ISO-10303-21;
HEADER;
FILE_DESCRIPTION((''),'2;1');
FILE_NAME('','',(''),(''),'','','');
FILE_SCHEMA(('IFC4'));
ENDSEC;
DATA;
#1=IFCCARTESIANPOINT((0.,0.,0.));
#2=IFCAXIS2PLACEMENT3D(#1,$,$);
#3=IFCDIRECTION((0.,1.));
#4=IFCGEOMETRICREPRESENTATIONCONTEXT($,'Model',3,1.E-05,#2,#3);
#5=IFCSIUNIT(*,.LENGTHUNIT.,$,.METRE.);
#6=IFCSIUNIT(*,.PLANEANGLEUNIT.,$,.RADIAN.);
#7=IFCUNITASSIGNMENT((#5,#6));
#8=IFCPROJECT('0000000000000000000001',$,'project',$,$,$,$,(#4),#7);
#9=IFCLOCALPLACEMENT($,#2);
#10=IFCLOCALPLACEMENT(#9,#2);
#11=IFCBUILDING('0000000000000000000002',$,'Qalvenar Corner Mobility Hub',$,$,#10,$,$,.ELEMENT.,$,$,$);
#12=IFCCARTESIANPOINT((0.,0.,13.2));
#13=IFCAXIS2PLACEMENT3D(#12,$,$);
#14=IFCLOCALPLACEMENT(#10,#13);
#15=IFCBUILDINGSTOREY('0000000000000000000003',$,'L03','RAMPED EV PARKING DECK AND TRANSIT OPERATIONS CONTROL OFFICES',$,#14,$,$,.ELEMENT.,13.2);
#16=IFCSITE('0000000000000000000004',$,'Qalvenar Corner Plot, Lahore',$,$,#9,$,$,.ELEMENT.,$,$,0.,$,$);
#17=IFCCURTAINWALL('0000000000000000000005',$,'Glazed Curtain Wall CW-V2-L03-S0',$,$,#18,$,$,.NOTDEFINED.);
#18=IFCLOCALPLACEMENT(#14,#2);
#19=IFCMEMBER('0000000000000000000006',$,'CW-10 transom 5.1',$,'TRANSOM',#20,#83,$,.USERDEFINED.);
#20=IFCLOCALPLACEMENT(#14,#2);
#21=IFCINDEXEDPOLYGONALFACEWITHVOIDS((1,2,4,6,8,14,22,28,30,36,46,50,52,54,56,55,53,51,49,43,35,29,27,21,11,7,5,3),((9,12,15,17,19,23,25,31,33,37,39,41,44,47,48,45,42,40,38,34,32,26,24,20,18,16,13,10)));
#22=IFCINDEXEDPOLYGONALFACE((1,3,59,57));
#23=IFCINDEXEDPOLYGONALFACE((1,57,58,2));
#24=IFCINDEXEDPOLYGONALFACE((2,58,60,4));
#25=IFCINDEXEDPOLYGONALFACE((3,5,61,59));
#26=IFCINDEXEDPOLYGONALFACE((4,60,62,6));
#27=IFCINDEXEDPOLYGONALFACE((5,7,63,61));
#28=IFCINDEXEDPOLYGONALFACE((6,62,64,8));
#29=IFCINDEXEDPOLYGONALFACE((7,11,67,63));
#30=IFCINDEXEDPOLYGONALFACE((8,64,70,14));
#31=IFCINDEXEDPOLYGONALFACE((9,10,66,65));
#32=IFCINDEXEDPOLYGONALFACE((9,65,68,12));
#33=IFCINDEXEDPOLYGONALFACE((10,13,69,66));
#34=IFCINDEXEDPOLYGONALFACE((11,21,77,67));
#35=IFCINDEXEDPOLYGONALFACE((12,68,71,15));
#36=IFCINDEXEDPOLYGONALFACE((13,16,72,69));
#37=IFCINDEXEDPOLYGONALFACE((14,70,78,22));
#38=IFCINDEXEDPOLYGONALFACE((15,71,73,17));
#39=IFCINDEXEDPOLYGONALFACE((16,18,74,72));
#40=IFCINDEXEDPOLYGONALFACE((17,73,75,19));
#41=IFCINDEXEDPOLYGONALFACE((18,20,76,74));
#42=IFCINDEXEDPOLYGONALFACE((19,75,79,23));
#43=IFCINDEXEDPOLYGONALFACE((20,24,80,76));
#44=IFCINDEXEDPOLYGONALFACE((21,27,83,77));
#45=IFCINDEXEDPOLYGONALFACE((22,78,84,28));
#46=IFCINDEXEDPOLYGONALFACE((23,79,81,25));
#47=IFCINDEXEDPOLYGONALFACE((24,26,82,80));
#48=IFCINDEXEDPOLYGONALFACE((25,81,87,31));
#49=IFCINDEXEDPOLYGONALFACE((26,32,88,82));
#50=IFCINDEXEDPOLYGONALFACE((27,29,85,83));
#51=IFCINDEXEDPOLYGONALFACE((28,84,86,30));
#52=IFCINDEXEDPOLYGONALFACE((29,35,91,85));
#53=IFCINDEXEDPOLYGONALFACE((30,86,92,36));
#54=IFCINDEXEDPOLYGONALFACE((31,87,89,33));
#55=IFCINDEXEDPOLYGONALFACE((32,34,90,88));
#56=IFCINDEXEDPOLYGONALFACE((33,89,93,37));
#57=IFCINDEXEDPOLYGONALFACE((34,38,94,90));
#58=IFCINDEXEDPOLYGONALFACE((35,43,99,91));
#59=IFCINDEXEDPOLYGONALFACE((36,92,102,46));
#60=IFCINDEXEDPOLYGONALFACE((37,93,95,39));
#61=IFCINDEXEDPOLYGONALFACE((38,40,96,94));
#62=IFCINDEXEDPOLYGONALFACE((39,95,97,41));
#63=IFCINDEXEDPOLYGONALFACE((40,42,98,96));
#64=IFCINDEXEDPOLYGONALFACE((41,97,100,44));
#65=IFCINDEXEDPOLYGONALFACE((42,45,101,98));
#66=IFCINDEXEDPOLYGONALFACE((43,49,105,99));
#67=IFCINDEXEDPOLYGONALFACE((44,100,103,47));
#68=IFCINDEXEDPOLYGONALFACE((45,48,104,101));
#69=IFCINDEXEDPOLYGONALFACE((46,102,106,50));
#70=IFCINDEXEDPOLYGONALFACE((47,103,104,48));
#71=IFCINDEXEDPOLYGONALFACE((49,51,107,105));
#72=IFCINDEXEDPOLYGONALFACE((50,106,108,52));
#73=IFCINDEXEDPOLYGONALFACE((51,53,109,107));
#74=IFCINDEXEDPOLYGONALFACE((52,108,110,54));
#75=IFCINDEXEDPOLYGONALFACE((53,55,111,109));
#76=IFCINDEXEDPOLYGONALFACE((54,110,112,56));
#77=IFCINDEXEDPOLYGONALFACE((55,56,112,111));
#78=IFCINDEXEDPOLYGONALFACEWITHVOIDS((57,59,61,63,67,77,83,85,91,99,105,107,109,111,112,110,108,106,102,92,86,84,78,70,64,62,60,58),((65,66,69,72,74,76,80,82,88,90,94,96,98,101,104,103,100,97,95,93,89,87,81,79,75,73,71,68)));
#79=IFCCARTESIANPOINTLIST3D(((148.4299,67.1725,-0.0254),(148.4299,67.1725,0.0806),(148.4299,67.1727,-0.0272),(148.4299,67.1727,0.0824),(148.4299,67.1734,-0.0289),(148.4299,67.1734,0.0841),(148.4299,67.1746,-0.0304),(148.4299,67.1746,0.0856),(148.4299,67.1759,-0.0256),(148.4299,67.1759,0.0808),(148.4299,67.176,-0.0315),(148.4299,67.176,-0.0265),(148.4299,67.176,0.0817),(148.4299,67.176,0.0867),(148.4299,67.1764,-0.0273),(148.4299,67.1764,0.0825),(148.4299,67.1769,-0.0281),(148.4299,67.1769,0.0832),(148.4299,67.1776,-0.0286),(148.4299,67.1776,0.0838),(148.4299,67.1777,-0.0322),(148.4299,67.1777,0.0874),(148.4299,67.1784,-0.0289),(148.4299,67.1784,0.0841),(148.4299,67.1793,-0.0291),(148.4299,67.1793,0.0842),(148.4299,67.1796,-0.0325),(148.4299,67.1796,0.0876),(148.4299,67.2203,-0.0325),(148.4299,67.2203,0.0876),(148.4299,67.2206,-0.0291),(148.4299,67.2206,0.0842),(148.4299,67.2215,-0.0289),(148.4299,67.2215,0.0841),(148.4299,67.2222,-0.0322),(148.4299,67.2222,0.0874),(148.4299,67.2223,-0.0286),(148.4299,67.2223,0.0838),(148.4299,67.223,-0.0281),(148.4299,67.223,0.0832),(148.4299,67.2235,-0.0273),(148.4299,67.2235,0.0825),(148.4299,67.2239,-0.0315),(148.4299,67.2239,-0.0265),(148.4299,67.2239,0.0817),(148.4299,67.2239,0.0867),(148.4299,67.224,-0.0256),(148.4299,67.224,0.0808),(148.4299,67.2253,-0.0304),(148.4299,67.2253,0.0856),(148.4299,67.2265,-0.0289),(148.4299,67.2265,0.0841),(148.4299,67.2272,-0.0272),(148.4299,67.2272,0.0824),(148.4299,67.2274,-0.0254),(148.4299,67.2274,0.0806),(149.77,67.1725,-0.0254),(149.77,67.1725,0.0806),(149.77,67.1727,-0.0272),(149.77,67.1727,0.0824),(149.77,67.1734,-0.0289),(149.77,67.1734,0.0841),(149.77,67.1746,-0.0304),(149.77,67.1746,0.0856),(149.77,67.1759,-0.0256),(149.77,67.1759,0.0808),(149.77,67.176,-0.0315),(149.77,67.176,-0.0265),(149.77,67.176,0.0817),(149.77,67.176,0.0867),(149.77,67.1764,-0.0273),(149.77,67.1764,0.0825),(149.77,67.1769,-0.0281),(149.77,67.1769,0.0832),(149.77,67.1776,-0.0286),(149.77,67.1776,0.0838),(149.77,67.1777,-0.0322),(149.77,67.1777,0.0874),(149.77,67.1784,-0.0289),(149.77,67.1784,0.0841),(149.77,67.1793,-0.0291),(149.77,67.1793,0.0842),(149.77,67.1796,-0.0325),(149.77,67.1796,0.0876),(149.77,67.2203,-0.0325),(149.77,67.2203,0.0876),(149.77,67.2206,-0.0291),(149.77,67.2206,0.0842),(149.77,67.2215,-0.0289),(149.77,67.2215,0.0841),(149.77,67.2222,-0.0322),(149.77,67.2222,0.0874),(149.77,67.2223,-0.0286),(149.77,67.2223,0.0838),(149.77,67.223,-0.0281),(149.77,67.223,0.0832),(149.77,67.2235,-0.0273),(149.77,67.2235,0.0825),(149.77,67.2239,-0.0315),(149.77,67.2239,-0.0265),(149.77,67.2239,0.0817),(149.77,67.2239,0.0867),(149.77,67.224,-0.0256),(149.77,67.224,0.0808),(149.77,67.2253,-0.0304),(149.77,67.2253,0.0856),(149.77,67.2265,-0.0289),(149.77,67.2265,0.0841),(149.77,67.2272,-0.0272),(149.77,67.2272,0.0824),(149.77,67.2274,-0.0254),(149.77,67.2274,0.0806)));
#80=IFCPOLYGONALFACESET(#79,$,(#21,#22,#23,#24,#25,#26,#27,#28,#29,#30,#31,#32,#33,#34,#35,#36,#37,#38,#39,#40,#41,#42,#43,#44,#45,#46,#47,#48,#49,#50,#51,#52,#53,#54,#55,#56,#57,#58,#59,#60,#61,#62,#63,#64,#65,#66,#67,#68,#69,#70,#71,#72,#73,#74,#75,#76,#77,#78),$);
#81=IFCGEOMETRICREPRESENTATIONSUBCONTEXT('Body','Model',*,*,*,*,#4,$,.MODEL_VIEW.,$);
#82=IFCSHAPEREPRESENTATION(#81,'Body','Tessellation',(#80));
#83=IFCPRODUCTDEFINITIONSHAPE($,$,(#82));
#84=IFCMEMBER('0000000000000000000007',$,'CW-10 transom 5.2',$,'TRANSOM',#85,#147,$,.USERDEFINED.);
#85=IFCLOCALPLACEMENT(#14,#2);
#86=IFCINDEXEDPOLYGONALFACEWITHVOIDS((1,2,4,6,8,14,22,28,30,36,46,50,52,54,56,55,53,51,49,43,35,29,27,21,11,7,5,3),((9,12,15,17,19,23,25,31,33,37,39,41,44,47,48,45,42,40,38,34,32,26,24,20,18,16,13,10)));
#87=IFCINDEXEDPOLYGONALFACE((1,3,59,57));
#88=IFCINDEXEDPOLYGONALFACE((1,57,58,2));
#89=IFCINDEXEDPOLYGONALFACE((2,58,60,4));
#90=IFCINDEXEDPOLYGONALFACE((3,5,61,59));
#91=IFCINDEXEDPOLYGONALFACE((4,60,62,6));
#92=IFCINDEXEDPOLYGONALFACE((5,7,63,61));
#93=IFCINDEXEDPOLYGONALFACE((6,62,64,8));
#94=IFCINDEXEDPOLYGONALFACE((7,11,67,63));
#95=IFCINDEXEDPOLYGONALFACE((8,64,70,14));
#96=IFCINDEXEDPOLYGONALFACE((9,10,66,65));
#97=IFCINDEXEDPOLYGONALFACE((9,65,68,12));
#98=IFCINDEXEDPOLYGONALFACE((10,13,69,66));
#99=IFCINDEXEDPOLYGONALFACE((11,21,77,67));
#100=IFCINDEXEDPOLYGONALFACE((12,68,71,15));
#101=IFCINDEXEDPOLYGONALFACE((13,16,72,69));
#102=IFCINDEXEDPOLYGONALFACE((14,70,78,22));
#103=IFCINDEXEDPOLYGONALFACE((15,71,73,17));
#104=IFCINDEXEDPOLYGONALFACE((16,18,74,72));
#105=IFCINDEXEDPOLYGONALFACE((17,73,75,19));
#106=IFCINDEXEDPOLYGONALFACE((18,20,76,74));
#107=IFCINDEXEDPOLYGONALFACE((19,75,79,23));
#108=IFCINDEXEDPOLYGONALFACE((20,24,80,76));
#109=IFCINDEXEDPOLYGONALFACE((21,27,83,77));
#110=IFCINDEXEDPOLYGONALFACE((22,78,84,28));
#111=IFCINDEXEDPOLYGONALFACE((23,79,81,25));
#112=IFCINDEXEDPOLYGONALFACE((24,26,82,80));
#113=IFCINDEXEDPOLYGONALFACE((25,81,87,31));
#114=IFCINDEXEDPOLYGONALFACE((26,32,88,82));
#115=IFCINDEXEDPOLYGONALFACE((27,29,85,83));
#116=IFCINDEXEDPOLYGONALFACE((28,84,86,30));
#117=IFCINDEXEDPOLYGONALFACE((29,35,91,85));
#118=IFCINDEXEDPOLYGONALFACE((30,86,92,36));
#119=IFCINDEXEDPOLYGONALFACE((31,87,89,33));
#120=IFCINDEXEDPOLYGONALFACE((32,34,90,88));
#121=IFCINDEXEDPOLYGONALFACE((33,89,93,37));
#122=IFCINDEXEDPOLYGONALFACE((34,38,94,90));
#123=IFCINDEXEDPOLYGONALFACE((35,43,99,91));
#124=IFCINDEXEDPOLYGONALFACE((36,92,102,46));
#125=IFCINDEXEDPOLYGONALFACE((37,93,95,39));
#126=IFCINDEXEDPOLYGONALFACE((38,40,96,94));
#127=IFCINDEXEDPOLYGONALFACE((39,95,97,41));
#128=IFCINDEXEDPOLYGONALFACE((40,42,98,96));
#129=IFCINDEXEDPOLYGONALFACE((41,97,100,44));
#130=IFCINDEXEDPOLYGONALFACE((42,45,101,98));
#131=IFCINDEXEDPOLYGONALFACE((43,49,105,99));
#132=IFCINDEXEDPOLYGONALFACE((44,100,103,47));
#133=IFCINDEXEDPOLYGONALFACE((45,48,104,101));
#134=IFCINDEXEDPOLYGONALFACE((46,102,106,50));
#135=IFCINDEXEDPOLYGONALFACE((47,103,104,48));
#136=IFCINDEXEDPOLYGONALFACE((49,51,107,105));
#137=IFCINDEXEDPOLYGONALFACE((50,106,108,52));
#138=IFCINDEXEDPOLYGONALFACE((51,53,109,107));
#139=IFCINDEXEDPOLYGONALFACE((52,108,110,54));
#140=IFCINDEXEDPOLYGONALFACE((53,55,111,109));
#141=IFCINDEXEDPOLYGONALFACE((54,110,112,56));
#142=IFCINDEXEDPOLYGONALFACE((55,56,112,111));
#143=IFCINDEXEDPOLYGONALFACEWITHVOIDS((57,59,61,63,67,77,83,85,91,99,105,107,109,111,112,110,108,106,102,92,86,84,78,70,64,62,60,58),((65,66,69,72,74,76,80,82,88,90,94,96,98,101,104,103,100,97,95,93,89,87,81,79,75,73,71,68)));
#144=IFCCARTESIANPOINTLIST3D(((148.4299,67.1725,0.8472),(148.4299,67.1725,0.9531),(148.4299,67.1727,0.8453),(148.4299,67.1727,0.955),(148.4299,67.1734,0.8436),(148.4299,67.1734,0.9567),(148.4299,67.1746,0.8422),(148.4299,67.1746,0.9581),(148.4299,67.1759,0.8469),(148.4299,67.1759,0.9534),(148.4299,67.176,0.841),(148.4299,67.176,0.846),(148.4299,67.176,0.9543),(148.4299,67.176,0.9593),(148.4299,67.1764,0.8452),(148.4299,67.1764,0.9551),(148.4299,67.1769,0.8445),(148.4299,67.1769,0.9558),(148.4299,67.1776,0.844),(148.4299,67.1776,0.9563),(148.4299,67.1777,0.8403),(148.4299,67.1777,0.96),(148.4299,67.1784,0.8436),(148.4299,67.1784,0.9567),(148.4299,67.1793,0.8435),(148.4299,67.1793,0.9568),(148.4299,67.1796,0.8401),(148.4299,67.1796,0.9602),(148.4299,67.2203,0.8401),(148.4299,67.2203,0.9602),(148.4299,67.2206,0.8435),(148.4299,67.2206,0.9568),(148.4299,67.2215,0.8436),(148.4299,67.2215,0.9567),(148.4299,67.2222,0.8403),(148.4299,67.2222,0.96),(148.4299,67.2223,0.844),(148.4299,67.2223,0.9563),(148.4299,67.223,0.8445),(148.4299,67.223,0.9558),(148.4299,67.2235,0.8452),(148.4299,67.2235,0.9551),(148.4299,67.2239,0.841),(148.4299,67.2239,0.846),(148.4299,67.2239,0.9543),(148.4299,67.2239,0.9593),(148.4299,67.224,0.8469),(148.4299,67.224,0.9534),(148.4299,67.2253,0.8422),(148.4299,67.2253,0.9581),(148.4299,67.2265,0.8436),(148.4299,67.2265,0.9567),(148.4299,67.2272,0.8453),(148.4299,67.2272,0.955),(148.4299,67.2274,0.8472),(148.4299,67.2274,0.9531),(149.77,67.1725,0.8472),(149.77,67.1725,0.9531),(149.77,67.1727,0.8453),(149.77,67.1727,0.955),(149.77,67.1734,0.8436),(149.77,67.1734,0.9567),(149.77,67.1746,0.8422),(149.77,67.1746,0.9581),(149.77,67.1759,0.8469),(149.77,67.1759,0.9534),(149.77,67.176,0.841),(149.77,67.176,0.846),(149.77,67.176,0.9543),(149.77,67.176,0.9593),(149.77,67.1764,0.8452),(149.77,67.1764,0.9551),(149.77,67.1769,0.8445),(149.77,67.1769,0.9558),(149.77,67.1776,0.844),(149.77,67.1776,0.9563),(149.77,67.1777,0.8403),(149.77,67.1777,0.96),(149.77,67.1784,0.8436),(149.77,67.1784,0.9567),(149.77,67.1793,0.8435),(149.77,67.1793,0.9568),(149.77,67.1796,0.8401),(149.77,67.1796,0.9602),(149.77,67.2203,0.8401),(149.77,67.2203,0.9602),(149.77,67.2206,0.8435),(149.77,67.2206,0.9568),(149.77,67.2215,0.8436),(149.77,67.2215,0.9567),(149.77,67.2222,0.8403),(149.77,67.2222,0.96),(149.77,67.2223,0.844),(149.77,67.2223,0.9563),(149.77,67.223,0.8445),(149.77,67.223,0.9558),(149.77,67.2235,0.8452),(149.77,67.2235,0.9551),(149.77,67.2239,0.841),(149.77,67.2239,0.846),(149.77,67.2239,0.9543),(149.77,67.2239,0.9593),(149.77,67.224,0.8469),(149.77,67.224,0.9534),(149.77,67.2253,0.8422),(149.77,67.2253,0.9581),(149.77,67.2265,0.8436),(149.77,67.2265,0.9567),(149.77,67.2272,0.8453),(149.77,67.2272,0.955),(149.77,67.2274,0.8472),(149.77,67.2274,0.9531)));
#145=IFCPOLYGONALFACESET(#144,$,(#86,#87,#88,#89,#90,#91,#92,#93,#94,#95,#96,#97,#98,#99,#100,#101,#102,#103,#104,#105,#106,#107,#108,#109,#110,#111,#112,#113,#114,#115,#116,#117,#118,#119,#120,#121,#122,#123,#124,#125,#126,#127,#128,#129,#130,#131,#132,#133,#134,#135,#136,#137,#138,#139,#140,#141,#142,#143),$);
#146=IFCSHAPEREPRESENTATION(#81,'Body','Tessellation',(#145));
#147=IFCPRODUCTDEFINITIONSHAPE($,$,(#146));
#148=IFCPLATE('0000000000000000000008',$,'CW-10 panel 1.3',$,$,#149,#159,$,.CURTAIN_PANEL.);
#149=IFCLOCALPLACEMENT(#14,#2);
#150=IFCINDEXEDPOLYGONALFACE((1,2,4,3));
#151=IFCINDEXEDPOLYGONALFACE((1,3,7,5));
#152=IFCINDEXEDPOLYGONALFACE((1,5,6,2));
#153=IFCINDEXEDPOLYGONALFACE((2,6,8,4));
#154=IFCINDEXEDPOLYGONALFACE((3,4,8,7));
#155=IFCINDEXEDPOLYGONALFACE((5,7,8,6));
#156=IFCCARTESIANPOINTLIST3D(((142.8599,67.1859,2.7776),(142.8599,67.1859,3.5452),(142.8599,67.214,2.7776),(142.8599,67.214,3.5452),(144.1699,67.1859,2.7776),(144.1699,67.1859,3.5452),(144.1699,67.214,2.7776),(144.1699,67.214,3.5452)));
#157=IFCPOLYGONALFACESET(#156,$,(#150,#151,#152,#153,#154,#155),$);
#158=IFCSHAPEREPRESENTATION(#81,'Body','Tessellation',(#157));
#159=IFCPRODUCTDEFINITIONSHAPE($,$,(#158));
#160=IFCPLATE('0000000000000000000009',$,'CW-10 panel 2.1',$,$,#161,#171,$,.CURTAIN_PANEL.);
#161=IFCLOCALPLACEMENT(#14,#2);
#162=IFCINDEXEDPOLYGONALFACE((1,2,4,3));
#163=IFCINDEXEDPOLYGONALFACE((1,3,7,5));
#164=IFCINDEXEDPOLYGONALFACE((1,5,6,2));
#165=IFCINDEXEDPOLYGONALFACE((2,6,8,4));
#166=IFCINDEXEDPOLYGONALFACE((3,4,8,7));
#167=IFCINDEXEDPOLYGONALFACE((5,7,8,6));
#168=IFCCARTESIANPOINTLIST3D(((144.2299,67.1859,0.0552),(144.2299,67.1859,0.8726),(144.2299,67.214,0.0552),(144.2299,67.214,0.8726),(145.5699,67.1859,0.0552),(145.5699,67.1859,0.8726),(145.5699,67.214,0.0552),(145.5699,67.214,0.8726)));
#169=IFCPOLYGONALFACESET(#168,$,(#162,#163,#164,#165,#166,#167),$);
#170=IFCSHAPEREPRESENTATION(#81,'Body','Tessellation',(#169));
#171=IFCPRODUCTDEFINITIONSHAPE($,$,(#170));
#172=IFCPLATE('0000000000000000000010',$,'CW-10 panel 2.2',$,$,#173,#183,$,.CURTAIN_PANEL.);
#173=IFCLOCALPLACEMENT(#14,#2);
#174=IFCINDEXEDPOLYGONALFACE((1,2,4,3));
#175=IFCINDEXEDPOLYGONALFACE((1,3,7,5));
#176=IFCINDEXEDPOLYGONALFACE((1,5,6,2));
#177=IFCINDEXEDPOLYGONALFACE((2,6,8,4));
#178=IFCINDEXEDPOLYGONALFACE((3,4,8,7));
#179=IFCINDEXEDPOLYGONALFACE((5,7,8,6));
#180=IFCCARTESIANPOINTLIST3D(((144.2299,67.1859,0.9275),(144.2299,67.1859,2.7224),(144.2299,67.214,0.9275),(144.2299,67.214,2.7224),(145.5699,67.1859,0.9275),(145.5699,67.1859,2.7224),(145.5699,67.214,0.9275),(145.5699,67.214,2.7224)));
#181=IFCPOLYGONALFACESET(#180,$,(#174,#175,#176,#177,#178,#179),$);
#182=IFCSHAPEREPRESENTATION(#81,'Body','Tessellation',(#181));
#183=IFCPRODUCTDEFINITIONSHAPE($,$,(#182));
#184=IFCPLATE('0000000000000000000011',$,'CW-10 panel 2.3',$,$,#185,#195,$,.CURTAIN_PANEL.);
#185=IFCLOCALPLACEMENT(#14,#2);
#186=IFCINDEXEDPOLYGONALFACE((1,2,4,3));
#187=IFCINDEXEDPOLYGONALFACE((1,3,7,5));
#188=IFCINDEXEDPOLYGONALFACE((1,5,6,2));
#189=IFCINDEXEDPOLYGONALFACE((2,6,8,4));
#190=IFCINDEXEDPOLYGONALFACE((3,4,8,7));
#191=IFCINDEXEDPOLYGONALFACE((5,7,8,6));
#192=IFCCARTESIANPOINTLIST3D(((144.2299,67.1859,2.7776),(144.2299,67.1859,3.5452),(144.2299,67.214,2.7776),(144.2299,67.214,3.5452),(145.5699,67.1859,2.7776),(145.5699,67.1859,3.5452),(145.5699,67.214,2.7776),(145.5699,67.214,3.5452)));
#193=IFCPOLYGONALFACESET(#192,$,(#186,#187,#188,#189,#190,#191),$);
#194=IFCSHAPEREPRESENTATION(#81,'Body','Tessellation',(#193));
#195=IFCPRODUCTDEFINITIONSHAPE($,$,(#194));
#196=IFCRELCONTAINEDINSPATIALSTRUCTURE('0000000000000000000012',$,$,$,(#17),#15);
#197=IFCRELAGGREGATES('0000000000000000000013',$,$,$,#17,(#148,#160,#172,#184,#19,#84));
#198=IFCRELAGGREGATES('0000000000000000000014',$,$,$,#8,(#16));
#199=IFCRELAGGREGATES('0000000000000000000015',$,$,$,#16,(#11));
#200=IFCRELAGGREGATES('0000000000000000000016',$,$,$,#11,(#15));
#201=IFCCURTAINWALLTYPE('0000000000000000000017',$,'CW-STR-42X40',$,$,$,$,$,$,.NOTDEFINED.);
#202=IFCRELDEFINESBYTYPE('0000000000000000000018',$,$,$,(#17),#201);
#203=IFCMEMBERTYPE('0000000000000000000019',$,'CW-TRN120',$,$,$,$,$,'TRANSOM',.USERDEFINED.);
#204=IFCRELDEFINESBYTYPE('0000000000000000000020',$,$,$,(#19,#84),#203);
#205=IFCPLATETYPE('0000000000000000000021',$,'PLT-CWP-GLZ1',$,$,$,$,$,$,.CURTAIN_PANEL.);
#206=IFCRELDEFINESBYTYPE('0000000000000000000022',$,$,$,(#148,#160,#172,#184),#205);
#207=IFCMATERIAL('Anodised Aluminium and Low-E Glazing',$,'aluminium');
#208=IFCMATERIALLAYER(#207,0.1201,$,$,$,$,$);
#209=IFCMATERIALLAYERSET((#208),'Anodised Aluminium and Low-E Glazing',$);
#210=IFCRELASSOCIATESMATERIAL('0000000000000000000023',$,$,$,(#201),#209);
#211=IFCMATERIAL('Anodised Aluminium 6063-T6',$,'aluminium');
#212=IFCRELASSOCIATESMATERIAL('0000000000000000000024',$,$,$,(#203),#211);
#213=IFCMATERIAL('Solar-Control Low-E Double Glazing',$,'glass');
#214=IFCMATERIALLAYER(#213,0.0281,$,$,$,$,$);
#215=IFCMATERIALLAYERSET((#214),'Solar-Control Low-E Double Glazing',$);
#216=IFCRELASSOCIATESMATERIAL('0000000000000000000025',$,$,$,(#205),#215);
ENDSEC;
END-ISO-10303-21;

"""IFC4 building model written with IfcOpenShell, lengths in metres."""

from ifc_helpers import new_model, si_unit, direction, frame, origin, origin_2d, place, context, subcontext, project, spatial, rectangle, hollow_rectangle, extrude, material, layer, layer_set, material_profile, profile_set, type_object, element, aggregate, save


model = new_model("IFC4")

# Units and contexts
model_context = context("Model", 3, precision=1e-05, world=origin(), true_north=direction((0.0, 1.0)))
body_context = subcontext(model_context, "Body", "Model", "MODEL_VIEW")
ifc_project = project(units=[si_unit("LENGTHUNIT", "METRE"), si_unit("PLANEANGLEUNIT", "RADIAN")], contexts=[model_context])

# Site, building, storey
site_placement = place(None, origin())
site = spatial("IfcSite", under=ifc_project, at=site_placement, Name="Qalvenar Corner Plot, Lahore", CompositionType="ELEMENT", RefElevation=0.0)
building_placement = place(site_placement, origin())
building = spatial("IfcBuilding", under=site, at=building_placement, Name="Qalvenar Corner Mobility Hub", CompositionType="ELEMENT")
storey_placement = place(building_placement, frame((0.0, 0.0, 13.2)))
storey = spatial("IfcBuildingStorey", under=building, at=storey_placement, Name="L03", Description="RAMPED EV PARKING DECK AND TRANSIT OPERATIONS CONTROL OFFICES", CompositionType="ELEMENT", Elevation=13.2)

# Curtain wall, members, plates
ifc_material_1 = material(Name="Anodised Aluminium and Low-E Glazing", Category="aluminium")
ifc_layer_1 = layer(ifc_material_1, 0.1201)
ifc_layer_set_1 = layer_set([ifc_layer_1], Name="Anodised Aluminium and Low-E Glazing")
curtain_wall_type = type_object("IfcCurtainWallType", Name="CW-STR-42X40", PredefinedType="NOTDEFINED", material=ifc_layer_set_1)
curtain_wall_placement = place(storey_placement, origin())
curtain_wall = element("IfcCurtainWall", 1, at=curtain_wall_placement, inside=storey, type_object=curtain_wall_type, Name="Glazed Curtain Wall CW-V2-L03-S0", PredefinedType="NOTDEFINED")
ifc_material_2 = material(Name="Anodised Aluminium 6063-T6", Category="aluminium")
ifc_material_profile_1 = material_profile(ifc_material_2, hollow_rectangle(XDim=0.0549, YDim=0.1201, WallThickness=0.0034, InnerFilletRadius=0.0034, OuterFilletRadius=0.0071, at=origin_2d()), Name="RHS120x55x3.5")
ifc_profile_set_1 = profile_set([ifc_material_profile_1], Name="Anodised Aluminium 6063-T6")
member_type_1 = type_object("IfcMemberType", Name="CW-TRN120", ElementType="TRANSOM", PredefinedType="USERDEFINED", material=ifc_profile_set_1)
member_1_placement = place(storey_placement, frame((148.4299, 67.2, 0.0276), z_axis=(1.0, 0.0, 0.0), x_axis=(0.0, 1.0, 0.0)))
member_1 = element("IfcMember", 2, at=member_1_placement, type_object=member_type_1, Name="CW-10 transom 5.1", ObjectType="TRANSOM", PredefinedType="USERDEFINED", context=body_context, shape_type="SweptSolid", body=[
    extrude(hollow_rectangle(XDim=0.0549, YDim=0.1201, WallThickness=0.0034, InnerFilletRadius=0.0034, OuterFilletRadius=0.0071, at=origin_2d()), origin(), (0.0, 0.0, 1.0), 1.3401),
])
member_2_placement = place(storey_placement, frame((148.4299, 67.2, 0.9001), z_axis=(1.0, 0.0, 0.0), x_axis=(0.0, 1.0, 0.0)))
member_2 = element("IfcMember", 3, at=member_2_placement, type_object=member_type_1, Name="CW-10 transom 5.2", ObjectType="TRANSOM", PredefinedType="USERDEFINED", context=body_context, shape_type="SweptSolid", body=[
    extrude(hollow_rectangle(XDim=0.0549, YDim=0.1201, WallThickness=0.0034, InnerFilletRadius=0.0034, OuterFilletRadius=0.0071, at=origin_2d()), origin(), (0.0, 0.0, 1.0), 1.3401),
])
ifc_material_3 = material(Name="Solar-Control Low-E Double Glazing", Category="glass")
ifc_layer_2 = layer(ifc_material_3, 0.0281)
ifc_layer_set_2 = layer_set([ifc_layer_2], Name="Solar-Control Low-E Double Glazing")
plate_type = type_object("IfcPlateType", Name="PLT-CWP-GLZ1", PredefinedType="CURTAIN_PANEL", material=ifc_layer_set_2)
plate_1_placement = place(storey_placement, frame((143.5149, 67.2, 2.7776), z_axis=(0.0, 0.0, 1.0), x_axis=(1.0, 0.0, 0.0)))
plate_1 = element("IfcPlate", 4, at=plate_1_placement, type_object=plate_type, Name="CW-10 panel 1.3", PredefinedType="CURTAIN_PANEL", context=body_context, shape_type="SweptSolid", body=[
    extrude(rectangle(XDim=1.3101, YDim=0.0281, at=origin_2d()), origin(), (0.0, 0.0, 1.0), 0.7676),
])
plate_2_placement = place(storey_placement, frame((144.8999, 67.2, 0.0552), z_axis=(0.0, 0.0, 1.0), x_axis=(1.0, 0.0, 0.0)))
plate_2 = element("IfcPlate", 5, at=plate_2_placement, type_object=plate_type, Name="CW-10 panel 2.1", PredefinedType="CURTAIN_PANEL", context=body_context, shape_type="SweptSolid", body=[
    extrude(rectangle(XDim=1.3401, YDim=0.0281, at=origin_2d()), origin(), (0.0, 0.0, 1.0), 0.8174),
])
plate_3_placement = place(storey_placement, frame((144.8999, 67.2, 0.9275), z_axis=(0.0, 0.0, 1.0), x_axis=(1.0, 0.0, 0.0)))
plate_3 = element("IfcPlate", 6, at=plate_3_placement, type_object=plate_type, Name="CW-10 panel 2.2", PredefinedType="CURTAIN_PANEL", context=body_context, shape_type="SweptSolid", body=[
    extrude(rectangle(XDim=1.3401, YDim=0.0281, at=origin_2d()), origin(), (0.0, 0.0, 1.0), 1.7949),
])
plate_4_placement = place(storey_placement, frame((144.8999, 67.2, 2.7776), z_axis=(0.0, 0.0, 1.0), x_axis=(1.0, 0.0, 0.0)))
plate_4 = element("IfcPlate", 7, at=plate_4_placement, type_object=plate_type, Name="CW-10 panel 2.3", PredefinedType="CURTAIN_PANEL", context=body_context, shape_type="SweptSolid", body=[
    extrude(rectangle(XDim=1.3401, YDim=0.0281, at=origin_2d()), origin(), (0.0, 0.0, 1.0), 0.7676),
])
aggregate(curtain_wall, [plate_1, plate_2, plate_3, plate_4, member_1, member_2])

save(model, "model.ifc")
